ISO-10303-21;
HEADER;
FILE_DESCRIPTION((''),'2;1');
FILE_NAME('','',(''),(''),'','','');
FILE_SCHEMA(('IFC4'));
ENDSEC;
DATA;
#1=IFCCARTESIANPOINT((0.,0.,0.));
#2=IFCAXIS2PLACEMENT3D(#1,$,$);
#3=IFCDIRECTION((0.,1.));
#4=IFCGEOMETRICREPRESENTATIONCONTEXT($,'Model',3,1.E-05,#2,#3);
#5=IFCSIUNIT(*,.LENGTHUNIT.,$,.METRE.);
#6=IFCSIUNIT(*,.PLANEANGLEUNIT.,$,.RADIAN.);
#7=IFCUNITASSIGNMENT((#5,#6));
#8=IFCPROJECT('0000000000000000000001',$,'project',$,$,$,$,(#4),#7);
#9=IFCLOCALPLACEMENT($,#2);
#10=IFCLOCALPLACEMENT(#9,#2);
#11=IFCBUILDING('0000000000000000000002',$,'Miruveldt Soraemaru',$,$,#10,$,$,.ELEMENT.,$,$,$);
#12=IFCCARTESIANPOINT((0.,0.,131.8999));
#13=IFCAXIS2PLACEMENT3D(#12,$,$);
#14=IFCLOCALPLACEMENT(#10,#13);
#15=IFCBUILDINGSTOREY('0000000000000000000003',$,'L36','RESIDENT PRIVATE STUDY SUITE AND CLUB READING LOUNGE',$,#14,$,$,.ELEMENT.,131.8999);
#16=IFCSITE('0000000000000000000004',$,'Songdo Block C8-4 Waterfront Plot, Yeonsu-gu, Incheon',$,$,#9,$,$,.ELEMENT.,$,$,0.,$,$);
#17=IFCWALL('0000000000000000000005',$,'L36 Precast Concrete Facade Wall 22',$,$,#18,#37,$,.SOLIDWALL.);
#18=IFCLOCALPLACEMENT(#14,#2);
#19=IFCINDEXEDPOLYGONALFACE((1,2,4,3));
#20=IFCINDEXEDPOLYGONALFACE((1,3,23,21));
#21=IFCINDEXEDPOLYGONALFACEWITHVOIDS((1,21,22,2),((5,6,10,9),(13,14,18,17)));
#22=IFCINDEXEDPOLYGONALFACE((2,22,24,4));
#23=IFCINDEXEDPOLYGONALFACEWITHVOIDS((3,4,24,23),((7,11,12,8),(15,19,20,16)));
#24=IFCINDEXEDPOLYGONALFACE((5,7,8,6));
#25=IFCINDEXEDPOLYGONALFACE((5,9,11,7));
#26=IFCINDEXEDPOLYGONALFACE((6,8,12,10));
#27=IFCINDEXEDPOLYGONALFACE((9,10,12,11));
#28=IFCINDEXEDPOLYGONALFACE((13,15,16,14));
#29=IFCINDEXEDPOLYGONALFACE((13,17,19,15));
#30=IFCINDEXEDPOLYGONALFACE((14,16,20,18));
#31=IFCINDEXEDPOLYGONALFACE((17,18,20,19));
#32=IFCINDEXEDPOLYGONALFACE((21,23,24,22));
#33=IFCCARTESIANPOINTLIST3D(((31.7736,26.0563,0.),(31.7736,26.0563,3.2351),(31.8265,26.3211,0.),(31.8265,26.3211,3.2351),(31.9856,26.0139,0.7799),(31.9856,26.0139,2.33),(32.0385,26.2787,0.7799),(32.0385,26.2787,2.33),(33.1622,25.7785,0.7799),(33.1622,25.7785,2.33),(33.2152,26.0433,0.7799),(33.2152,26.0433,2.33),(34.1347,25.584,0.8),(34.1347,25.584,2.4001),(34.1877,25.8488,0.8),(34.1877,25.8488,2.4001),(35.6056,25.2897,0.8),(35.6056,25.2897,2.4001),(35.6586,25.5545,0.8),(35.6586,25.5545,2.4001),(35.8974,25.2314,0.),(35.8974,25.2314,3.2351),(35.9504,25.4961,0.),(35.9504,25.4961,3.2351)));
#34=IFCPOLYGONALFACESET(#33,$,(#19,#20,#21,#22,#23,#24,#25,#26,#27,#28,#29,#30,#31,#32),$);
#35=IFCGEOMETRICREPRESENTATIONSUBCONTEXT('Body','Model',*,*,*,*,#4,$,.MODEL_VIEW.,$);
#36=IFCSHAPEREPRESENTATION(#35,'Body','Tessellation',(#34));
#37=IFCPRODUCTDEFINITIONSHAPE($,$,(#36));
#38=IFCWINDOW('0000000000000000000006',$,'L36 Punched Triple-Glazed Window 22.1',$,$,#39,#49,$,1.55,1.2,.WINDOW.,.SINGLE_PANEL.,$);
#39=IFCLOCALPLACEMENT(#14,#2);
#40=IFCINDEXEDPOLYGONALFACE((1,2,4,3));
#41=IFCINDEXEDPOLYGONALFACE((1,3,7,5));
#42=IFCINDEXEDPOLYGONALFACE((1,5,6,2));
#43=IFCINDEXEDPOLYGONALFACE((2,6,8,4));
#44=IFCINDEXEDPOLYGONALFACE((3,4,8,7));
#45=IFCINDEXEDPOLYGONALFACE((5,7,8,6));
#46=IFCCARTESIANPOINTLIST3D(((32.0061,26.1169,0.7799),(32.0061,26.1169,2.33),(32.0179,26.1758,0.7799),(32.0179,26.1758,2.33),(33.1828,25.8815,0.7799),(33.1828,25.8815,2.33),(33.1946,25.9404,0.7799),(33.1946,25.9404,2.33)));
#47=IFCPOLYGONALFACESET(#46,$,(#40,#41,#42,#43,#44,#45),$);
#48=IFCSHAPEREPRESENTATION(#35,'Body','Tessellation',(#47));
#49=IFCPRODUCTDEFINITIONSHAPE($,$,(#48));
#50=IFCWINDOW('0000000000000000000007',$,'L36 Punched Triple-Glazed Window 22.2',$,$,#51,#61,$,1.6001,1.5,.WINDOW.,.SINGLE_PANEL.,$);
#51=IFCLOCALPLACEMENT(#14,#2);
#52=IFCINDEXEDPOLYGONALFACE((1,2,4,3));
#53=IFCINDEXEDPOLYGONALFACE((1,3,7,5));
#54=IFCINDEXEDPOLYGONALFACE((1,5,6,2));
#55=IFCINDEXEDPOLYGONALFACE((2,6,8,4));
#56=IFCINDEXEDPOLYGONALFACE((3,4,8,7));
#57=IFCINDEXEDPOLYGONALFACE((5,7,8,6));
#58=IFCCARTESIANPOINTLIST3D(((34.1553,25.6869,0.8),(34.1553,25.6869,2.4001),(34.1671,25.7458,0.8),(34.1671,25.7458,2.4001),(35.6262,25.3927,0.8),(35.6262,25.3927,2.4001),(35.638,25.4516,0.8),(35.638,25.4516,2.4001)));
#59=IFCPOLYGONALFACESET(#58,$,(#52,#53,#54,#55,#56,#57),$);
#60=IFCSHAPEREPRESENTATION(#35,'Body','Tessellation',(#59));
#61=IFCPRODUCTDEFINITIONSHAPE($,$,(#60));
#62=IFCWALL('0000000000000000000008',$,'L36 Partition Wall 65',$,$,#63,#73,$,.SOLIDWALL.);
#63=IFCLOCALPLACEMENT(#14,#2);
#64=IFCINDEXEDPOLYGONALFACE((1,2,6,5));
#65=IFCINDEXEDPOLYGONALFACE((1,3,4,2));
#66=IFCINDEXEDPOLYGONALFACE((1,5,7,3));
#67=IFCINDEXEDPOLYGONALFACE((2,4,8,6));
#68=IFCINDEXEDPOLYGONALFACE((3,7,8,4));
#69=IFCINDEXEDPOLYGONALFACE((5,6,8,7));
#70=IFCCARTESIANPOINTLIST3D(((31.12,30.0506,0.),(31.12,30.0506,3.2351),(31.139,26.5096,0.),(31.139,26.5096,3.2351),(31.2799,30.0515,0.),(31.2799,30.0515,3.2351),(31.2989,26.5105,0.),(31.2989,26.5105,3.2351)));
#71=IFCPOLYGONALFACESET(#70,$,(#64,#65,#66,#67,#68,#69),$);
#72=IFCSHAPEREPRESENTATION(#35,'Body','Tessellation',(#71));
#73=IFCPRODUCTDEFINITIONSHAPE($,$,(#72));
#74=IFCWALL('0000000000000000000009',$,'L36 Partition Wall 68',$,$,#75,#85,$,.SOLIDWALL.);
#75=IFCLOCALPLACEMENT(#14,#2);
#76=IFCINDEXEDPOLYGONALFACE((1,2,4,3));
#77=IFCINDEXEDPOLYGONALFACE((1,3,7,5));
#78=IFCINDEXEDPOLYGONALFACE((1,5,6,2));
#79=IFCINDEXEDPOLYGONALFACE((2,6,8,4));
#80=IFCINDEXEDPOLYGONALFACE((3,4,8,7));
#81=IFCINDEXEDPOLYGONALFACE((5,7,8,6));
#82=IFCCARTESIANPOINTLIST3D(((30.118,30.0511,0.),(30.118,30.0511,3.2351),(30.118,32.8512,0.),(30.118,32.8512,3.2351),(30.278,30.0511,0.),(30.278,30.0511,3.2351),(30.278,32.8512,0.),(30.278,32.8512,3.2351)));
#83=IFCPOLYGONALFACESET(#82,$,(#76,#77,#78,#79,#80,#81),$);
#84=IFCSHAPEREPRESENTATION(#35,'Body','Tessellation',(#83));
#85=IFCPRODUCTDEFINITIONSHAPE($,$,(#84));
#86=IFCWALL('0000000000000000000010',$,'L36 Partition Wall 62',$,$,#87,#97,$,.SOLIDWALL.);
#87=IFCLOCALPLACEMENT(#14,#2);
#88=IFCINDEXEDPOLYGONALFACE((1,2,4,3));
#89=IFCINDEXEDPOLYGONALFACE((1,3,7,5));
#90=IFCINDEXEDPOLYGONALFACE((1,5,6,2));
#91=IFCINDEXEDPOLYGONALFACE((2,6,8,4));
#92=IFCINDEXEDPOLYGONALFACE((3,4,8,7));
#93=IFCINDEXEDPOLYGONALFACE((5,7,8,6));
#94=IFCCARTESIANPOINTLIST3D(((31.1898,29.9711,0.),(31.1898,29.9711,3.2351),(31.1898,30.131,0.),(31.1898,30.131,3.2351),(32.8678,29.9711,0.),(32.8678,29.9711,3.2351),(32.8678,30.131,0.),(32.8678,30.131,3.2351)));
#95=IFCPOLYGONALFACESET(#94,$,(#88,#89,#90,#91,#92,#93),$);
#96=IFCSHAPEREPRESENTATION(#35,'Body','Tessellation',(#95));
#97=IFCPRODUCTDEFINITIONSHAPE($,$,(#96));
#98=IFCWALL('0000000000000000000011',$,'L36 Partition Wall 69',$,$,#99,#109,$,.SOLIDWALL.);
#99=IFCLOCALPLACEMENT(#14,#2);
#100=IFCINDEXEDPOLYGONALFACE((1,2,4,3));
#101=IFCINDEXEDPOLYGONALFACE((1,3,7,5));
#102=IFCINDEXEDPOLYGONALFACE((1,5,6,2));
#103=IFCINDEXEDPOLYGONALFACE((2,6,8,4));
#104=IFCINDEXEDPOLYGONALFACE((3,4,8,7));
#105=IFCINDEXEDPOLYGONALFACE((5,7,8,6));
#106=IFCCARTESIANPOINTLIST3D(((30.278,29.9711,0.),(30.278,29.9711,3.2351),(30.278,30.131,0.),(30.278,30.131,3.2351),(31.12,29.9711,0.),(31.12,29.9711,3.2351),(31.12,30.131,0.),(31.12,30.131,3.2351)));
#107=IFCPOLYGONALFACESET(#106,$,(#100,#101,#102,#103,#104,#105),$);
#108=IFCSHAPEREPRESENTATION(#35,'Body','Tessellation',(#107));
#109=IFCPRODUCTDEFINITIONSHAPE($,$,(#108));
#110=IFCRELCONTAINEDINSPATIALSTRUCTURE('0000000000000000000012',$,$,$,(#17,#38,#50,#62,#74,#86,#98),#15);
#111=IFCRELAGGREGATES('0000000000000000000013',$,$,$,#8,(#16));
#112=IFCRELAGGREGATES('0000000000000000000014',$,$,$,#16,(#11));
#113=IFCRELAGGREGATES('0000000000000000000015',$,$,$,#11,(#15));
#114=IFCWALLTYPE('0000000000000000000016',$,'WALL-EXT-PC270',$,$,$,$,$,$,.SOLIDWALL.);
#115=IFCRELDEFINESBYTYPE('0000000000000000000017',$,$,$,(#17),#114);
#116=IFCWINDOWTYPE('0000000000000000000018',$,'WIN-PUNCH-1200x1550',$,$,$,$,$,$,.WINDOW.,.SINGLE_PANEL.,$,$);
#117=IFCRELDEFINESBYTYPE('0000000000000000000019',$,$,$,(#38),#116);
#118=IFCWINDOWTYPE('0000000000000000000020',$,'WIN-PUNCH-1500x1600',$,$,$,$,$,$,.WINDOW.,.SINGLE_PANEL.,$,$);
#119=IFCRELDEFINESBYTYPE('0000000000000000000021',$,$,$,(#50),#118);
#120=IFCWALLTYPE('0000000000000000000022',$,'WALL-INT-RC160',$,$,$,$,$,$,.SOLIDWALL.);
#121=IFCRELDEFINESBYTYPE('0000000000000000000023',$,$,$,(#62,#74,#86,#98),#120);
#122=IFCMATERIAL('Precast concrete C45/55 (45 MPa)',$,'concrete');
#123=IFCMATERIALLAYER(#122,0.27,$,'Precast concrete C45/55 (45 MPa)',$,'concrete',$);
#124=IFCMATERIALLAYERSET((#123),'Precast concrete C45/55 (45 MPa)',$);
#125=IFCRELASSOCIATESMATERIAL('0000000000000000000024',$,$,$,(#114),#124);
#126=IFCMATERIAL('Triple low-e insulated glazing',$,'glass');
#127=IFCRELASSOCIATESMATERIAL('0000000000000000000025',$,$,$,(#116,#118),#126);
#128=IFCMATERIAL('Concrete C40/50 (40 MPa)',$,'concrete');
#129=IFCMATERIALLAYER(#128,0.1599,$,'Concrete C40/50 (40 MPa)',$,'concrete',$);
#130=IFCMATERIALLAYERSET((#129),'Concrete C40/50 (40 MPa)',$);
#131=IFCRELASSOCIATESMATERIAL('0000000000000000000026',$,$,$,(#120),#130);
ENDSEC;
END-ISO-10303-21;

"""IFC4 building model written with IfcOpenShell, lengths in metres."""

from ifc_helpers import new_model, si_unit, direction, frame, frame_2d, origin, place, context, subcontext, project, spatial, rectangle, extrude, material, layer, layer_set, type_object, element, fill, save


model = new_model("IFC4")

# Units and contexts
model_context = context("Model", 3, precision=1e-05, world=origin(), true_north=direction((0.0, 1.0)))
body_context = subcontext(model_context, "Body", "Model", "MODEL_VIEW")
ifc_project = project(units=[si_unit("LENGTHUNIT", "METRE"), si_unit("PLANEANGLEUNIT", "RADIAN")], contexts=[model_context])

# Site, building, storey
site_placement = place(None, origin())
site = spatial("IfcSite", under=ifc_project, at=site_placement, Name="Songdo Block C8-4 Waterfront Plot, Yeonsu-gu, Incheon", CompositionType="ELEMENT", RefElevation=0.0)
building_placement = place(site_placement, origin())
building = spatial("IfcBuilding", under=site, at=building_placement, Name="Miruveldt Soraemaru", CompositionType="ELEMENT")
storey_placement = place(building_placement, frame((0.0, 0.0, 131.8999)))
storey = spatial("IfcBuildingStorey", under=building, at=storey_placement, Name="L36", Description="RESIDENT PRIVATE STUDY SUITE AND CLUB READING LOUNGE", CompositionType="ELEMENT", Elevation=131.8999)

# Shared definitions
ifc_material_1 = material(Name="Concrete C40/50 (40 MPa)", Category="concrete")

# Shared definitions
ifc_material_2 = material(Name="Precast concrete C45/55 (45 MPa)", Category="concrete")
ifc_layer_1 = layer(ifc_material_2, 0.27, Name="Precast concrete C45/55 (45 MPa)", Category="concrete")
ifc_layer_set_1 = layer_set([ifc_layer_1], Name="Precast concrete C45/55 (45 MPa)")
wall_type_1 = type_object("IfcWallType", Name="WALL-EXT-PC270", PredefinedType="SOLIDWALL", material=ifc_layer_set_1)
ifc_material_3 = material(Name="Triple low-e insulated glazing", Category="glass")
window_type_1 = type_object("IfcWindowType", Name="WIN-PUNCH-1200x1550", PartitioningType="SINGLE_PANEL", PredefinedType="WINDOW", material=ifc_material_3)
window_type_2 = type_object("IfcWindowType", Name="WIN-PUNCH-1500x1600", PartitioningType="SINGLE_PANEL", PredefinedType="WINDOW", material=ifc_material_3)

# Wall, openings, windows
wall_1_placement = place(storey_placement, frame((31.8, 26.1887, 0.0), z_axis=(0.0, 0.0, 1.0), x_axis=(0.980572, -0.196161, 0.0)))
wall_1 = element("IfcWall", 1, at=wall_1_placement, inside=storey, type_object=wall_type_1, Name="L36 Precast Concrete Facade Wall 22", PredefinedType="SOLIDWALL", context=body_context, shape_type="SweptSolid", body=[
    extrude(rectangle(XDim=4.2056, YDim=0.27, at=frame_2d((2.1028, 0.0))), origin(), (0.0, 0.0, 1.0), 3.2351),
])
opening_1_placement = place(wall_1_placement, frame((0.2161, 0.0, 0.78)))
opening_1 = element("IfcOpeningElement", 2, at=opening_1_placement, cuts=wall_1, PredefinedType="OPENING", context=body_context, shape_type="SweptSolid", body=[
    extrude(rectangle(XDim=1.2, YDim=1.55, at=frame_2d((0.6001, 0.7749))), frame((0.0, 0.145, 0.0), z_axis=(0.0, -1.0, 0.0), x_axis=(1.0, 0.0, 0.0)), (0.0, 0.0, 1.0), 0.29),
])
opening_2_placement = place(wall_1_placement, frame((2.408, 0.0, 0.8)))
opening_2 = element("IfcOpeningElement", 3, at=opening_2_placement, cuts=wall_1, PredefinedType="OPENING", context=body_context, shape_type="SweptSolid", body=[
    extrude(rectangle(XDim=1.5, YDim=1.6001, at=frame_2d((0.75, 0.8))), frame((0.0, 0.145, 0.0), z_axis=(0.0, -1.0, 0.0), x_axis=(1.0, 0.0, 0.0)), (0.0, 0.0, 1.0), 0.29),
])
window_1_placement = place(opening_1_placement, origin())
window_1 = element("IfcWindow", 4, at=window_1_placement, inside=storey, type_object=window_type_1, Name="L36 Punched Triple-Glazed Window 22.1", OverallHeight=1.55, OverallWidth=1.2, PartitioningType="SINGLE_PANEL", PredefinedType="WINDOW", context=body_context, shape_type="SweptSolid", body=[
    extrude(rectangle(XDim=1.2, YDim=1.55, at=frame_2d((0.6001, 0.7749))), frame((0.0, 0.03, 0.0), z_axis=(0.0, -1.0, 0.0), x_axis=(1.0, 0.0, 0.0)), (0.0, 0.0, 1.0), 0.0601),
])
fill(opening_1, window_1)
window_2_placement = place(opening_2_placement, origin())
window_2 = element("IfcWindow", 5, at=window_2_placement, inside=storey, type_object=window_type_2, Name="L36 Punched Triple-Glazed Window 22.2", OverallHeight=1.6001, OverallWidth=1.5, PartitioningType="SINGLE_PANEL", PredefinedType="WINDOW", context=body_context, shape_type="SweptSolid", body=[
    extrude(rectangle(XDim=1.5, YDim=1.6001, at=frame_2d((0.75, 0.8))), frame((0.0, 0.03, 0.0), z_axis=(0.0, -1.0, 0.0), x_axis=(1.0, 0.0, 0.0)), (0.0, 0.0, 1.0), 0.0601),
])
fill(opening_2, window_2)

# Walls
ifc_layer_2 = layer(ifc_material_1, 0.1599, Name="Concrete C40/50 (40 MPa)", Category="concrete")
ifc_layer_set_2 = layer_set([ifc_layer_2], Name="Concrete C40/50 (40 MPa)")
wall_type_2 = type_object("IfcWallType", Name="WALL-INT-RC160", PredefinedType="SOLIDWALL", material=ifc_layer_set_2)
wall_2_placement = place(storey_placement, frame((31.2, 30.051, 0.0), z_axis=(0.0, 0.0, 1.0), x_axis=(0.005378, -0.999986, 0.0)))
element("IfcWall", 6, at=wall_2_placement, inside=storey, type_object=wall_type_2, Name="L36 Partition Wall 65", PredefinedType="SOLIDWALL", context=body_context, shape_type="SweptSolid", body=[
    extrude(rectangle(XDim=3.541, YDim=0.1599, at=frame_2d((1.7705, 0.0))), origin(), (0.0, 0.0, 1.0), 3.2351),
])
wall_3_placement = place(storey_placement, frame((30.198, 32.8511, 0.0), z_axis=(0.0, 0.0, 1.0), x_axis=(0.0, -1.0, 0.0)))
element("IfcWall", 7, at=wall_3_placement, inside=storey, type_object=wall_type_2, Name="L36 Partition Wall 68", PredefinedType="SOLIDWALL", context=body_context, shape_type="SweptSolid", body=[
    extrude(rectangle(XDim=2.8, YDim=0.1599, at=frame_2d((1.3999, 0.0))), origin(), (0.0, 0.0, 1.0), 3.2351),
])
wall_4_placement = place(storey_placement, frame((31.1899, 30.051, 0.0), z_axis=(0.0, 0.0, 1.0), x_axis=(1.0, 0.0, 0.0)))
element("IfcWall", 8, at=wall_4_placement, inside=storey, type_object=wall_type_2, Name="L36 Partition Wall 62", PredefinedType="SOLIDWALL", context=body_context, shape_type="SweptSolid", body=[
    extrude(rectangle(XDim=1.678, YDim=0.1599, at=frame_2d((0.8389, 0.0))), origin(), (0.0, 0.0, 1.0), 3.2351),
])
wall_5_placement = place(storey_placement, frame((30.2781, 30.051, 0.0), z_axis=(0.0, 0.0, 1.0), x_axis=(1.0, 0.0, 0.0)))
element("IfcWall", 9, at=wall_5_placement, inside=storey, type_object=wall_type_2, Name="L36 Partition Wall 69", PredefinedType="SOLIDWALL", context=body_context, shape_type="SweptSolid", body=[
    extrude(rectangle(XDim=0.842, YDim=0.1599, at=frame_2d((0.4209, 0.0))), origin(), (0.0, 0.0, 1.0), 3.2351),
])

save(model, "model.ifc")
